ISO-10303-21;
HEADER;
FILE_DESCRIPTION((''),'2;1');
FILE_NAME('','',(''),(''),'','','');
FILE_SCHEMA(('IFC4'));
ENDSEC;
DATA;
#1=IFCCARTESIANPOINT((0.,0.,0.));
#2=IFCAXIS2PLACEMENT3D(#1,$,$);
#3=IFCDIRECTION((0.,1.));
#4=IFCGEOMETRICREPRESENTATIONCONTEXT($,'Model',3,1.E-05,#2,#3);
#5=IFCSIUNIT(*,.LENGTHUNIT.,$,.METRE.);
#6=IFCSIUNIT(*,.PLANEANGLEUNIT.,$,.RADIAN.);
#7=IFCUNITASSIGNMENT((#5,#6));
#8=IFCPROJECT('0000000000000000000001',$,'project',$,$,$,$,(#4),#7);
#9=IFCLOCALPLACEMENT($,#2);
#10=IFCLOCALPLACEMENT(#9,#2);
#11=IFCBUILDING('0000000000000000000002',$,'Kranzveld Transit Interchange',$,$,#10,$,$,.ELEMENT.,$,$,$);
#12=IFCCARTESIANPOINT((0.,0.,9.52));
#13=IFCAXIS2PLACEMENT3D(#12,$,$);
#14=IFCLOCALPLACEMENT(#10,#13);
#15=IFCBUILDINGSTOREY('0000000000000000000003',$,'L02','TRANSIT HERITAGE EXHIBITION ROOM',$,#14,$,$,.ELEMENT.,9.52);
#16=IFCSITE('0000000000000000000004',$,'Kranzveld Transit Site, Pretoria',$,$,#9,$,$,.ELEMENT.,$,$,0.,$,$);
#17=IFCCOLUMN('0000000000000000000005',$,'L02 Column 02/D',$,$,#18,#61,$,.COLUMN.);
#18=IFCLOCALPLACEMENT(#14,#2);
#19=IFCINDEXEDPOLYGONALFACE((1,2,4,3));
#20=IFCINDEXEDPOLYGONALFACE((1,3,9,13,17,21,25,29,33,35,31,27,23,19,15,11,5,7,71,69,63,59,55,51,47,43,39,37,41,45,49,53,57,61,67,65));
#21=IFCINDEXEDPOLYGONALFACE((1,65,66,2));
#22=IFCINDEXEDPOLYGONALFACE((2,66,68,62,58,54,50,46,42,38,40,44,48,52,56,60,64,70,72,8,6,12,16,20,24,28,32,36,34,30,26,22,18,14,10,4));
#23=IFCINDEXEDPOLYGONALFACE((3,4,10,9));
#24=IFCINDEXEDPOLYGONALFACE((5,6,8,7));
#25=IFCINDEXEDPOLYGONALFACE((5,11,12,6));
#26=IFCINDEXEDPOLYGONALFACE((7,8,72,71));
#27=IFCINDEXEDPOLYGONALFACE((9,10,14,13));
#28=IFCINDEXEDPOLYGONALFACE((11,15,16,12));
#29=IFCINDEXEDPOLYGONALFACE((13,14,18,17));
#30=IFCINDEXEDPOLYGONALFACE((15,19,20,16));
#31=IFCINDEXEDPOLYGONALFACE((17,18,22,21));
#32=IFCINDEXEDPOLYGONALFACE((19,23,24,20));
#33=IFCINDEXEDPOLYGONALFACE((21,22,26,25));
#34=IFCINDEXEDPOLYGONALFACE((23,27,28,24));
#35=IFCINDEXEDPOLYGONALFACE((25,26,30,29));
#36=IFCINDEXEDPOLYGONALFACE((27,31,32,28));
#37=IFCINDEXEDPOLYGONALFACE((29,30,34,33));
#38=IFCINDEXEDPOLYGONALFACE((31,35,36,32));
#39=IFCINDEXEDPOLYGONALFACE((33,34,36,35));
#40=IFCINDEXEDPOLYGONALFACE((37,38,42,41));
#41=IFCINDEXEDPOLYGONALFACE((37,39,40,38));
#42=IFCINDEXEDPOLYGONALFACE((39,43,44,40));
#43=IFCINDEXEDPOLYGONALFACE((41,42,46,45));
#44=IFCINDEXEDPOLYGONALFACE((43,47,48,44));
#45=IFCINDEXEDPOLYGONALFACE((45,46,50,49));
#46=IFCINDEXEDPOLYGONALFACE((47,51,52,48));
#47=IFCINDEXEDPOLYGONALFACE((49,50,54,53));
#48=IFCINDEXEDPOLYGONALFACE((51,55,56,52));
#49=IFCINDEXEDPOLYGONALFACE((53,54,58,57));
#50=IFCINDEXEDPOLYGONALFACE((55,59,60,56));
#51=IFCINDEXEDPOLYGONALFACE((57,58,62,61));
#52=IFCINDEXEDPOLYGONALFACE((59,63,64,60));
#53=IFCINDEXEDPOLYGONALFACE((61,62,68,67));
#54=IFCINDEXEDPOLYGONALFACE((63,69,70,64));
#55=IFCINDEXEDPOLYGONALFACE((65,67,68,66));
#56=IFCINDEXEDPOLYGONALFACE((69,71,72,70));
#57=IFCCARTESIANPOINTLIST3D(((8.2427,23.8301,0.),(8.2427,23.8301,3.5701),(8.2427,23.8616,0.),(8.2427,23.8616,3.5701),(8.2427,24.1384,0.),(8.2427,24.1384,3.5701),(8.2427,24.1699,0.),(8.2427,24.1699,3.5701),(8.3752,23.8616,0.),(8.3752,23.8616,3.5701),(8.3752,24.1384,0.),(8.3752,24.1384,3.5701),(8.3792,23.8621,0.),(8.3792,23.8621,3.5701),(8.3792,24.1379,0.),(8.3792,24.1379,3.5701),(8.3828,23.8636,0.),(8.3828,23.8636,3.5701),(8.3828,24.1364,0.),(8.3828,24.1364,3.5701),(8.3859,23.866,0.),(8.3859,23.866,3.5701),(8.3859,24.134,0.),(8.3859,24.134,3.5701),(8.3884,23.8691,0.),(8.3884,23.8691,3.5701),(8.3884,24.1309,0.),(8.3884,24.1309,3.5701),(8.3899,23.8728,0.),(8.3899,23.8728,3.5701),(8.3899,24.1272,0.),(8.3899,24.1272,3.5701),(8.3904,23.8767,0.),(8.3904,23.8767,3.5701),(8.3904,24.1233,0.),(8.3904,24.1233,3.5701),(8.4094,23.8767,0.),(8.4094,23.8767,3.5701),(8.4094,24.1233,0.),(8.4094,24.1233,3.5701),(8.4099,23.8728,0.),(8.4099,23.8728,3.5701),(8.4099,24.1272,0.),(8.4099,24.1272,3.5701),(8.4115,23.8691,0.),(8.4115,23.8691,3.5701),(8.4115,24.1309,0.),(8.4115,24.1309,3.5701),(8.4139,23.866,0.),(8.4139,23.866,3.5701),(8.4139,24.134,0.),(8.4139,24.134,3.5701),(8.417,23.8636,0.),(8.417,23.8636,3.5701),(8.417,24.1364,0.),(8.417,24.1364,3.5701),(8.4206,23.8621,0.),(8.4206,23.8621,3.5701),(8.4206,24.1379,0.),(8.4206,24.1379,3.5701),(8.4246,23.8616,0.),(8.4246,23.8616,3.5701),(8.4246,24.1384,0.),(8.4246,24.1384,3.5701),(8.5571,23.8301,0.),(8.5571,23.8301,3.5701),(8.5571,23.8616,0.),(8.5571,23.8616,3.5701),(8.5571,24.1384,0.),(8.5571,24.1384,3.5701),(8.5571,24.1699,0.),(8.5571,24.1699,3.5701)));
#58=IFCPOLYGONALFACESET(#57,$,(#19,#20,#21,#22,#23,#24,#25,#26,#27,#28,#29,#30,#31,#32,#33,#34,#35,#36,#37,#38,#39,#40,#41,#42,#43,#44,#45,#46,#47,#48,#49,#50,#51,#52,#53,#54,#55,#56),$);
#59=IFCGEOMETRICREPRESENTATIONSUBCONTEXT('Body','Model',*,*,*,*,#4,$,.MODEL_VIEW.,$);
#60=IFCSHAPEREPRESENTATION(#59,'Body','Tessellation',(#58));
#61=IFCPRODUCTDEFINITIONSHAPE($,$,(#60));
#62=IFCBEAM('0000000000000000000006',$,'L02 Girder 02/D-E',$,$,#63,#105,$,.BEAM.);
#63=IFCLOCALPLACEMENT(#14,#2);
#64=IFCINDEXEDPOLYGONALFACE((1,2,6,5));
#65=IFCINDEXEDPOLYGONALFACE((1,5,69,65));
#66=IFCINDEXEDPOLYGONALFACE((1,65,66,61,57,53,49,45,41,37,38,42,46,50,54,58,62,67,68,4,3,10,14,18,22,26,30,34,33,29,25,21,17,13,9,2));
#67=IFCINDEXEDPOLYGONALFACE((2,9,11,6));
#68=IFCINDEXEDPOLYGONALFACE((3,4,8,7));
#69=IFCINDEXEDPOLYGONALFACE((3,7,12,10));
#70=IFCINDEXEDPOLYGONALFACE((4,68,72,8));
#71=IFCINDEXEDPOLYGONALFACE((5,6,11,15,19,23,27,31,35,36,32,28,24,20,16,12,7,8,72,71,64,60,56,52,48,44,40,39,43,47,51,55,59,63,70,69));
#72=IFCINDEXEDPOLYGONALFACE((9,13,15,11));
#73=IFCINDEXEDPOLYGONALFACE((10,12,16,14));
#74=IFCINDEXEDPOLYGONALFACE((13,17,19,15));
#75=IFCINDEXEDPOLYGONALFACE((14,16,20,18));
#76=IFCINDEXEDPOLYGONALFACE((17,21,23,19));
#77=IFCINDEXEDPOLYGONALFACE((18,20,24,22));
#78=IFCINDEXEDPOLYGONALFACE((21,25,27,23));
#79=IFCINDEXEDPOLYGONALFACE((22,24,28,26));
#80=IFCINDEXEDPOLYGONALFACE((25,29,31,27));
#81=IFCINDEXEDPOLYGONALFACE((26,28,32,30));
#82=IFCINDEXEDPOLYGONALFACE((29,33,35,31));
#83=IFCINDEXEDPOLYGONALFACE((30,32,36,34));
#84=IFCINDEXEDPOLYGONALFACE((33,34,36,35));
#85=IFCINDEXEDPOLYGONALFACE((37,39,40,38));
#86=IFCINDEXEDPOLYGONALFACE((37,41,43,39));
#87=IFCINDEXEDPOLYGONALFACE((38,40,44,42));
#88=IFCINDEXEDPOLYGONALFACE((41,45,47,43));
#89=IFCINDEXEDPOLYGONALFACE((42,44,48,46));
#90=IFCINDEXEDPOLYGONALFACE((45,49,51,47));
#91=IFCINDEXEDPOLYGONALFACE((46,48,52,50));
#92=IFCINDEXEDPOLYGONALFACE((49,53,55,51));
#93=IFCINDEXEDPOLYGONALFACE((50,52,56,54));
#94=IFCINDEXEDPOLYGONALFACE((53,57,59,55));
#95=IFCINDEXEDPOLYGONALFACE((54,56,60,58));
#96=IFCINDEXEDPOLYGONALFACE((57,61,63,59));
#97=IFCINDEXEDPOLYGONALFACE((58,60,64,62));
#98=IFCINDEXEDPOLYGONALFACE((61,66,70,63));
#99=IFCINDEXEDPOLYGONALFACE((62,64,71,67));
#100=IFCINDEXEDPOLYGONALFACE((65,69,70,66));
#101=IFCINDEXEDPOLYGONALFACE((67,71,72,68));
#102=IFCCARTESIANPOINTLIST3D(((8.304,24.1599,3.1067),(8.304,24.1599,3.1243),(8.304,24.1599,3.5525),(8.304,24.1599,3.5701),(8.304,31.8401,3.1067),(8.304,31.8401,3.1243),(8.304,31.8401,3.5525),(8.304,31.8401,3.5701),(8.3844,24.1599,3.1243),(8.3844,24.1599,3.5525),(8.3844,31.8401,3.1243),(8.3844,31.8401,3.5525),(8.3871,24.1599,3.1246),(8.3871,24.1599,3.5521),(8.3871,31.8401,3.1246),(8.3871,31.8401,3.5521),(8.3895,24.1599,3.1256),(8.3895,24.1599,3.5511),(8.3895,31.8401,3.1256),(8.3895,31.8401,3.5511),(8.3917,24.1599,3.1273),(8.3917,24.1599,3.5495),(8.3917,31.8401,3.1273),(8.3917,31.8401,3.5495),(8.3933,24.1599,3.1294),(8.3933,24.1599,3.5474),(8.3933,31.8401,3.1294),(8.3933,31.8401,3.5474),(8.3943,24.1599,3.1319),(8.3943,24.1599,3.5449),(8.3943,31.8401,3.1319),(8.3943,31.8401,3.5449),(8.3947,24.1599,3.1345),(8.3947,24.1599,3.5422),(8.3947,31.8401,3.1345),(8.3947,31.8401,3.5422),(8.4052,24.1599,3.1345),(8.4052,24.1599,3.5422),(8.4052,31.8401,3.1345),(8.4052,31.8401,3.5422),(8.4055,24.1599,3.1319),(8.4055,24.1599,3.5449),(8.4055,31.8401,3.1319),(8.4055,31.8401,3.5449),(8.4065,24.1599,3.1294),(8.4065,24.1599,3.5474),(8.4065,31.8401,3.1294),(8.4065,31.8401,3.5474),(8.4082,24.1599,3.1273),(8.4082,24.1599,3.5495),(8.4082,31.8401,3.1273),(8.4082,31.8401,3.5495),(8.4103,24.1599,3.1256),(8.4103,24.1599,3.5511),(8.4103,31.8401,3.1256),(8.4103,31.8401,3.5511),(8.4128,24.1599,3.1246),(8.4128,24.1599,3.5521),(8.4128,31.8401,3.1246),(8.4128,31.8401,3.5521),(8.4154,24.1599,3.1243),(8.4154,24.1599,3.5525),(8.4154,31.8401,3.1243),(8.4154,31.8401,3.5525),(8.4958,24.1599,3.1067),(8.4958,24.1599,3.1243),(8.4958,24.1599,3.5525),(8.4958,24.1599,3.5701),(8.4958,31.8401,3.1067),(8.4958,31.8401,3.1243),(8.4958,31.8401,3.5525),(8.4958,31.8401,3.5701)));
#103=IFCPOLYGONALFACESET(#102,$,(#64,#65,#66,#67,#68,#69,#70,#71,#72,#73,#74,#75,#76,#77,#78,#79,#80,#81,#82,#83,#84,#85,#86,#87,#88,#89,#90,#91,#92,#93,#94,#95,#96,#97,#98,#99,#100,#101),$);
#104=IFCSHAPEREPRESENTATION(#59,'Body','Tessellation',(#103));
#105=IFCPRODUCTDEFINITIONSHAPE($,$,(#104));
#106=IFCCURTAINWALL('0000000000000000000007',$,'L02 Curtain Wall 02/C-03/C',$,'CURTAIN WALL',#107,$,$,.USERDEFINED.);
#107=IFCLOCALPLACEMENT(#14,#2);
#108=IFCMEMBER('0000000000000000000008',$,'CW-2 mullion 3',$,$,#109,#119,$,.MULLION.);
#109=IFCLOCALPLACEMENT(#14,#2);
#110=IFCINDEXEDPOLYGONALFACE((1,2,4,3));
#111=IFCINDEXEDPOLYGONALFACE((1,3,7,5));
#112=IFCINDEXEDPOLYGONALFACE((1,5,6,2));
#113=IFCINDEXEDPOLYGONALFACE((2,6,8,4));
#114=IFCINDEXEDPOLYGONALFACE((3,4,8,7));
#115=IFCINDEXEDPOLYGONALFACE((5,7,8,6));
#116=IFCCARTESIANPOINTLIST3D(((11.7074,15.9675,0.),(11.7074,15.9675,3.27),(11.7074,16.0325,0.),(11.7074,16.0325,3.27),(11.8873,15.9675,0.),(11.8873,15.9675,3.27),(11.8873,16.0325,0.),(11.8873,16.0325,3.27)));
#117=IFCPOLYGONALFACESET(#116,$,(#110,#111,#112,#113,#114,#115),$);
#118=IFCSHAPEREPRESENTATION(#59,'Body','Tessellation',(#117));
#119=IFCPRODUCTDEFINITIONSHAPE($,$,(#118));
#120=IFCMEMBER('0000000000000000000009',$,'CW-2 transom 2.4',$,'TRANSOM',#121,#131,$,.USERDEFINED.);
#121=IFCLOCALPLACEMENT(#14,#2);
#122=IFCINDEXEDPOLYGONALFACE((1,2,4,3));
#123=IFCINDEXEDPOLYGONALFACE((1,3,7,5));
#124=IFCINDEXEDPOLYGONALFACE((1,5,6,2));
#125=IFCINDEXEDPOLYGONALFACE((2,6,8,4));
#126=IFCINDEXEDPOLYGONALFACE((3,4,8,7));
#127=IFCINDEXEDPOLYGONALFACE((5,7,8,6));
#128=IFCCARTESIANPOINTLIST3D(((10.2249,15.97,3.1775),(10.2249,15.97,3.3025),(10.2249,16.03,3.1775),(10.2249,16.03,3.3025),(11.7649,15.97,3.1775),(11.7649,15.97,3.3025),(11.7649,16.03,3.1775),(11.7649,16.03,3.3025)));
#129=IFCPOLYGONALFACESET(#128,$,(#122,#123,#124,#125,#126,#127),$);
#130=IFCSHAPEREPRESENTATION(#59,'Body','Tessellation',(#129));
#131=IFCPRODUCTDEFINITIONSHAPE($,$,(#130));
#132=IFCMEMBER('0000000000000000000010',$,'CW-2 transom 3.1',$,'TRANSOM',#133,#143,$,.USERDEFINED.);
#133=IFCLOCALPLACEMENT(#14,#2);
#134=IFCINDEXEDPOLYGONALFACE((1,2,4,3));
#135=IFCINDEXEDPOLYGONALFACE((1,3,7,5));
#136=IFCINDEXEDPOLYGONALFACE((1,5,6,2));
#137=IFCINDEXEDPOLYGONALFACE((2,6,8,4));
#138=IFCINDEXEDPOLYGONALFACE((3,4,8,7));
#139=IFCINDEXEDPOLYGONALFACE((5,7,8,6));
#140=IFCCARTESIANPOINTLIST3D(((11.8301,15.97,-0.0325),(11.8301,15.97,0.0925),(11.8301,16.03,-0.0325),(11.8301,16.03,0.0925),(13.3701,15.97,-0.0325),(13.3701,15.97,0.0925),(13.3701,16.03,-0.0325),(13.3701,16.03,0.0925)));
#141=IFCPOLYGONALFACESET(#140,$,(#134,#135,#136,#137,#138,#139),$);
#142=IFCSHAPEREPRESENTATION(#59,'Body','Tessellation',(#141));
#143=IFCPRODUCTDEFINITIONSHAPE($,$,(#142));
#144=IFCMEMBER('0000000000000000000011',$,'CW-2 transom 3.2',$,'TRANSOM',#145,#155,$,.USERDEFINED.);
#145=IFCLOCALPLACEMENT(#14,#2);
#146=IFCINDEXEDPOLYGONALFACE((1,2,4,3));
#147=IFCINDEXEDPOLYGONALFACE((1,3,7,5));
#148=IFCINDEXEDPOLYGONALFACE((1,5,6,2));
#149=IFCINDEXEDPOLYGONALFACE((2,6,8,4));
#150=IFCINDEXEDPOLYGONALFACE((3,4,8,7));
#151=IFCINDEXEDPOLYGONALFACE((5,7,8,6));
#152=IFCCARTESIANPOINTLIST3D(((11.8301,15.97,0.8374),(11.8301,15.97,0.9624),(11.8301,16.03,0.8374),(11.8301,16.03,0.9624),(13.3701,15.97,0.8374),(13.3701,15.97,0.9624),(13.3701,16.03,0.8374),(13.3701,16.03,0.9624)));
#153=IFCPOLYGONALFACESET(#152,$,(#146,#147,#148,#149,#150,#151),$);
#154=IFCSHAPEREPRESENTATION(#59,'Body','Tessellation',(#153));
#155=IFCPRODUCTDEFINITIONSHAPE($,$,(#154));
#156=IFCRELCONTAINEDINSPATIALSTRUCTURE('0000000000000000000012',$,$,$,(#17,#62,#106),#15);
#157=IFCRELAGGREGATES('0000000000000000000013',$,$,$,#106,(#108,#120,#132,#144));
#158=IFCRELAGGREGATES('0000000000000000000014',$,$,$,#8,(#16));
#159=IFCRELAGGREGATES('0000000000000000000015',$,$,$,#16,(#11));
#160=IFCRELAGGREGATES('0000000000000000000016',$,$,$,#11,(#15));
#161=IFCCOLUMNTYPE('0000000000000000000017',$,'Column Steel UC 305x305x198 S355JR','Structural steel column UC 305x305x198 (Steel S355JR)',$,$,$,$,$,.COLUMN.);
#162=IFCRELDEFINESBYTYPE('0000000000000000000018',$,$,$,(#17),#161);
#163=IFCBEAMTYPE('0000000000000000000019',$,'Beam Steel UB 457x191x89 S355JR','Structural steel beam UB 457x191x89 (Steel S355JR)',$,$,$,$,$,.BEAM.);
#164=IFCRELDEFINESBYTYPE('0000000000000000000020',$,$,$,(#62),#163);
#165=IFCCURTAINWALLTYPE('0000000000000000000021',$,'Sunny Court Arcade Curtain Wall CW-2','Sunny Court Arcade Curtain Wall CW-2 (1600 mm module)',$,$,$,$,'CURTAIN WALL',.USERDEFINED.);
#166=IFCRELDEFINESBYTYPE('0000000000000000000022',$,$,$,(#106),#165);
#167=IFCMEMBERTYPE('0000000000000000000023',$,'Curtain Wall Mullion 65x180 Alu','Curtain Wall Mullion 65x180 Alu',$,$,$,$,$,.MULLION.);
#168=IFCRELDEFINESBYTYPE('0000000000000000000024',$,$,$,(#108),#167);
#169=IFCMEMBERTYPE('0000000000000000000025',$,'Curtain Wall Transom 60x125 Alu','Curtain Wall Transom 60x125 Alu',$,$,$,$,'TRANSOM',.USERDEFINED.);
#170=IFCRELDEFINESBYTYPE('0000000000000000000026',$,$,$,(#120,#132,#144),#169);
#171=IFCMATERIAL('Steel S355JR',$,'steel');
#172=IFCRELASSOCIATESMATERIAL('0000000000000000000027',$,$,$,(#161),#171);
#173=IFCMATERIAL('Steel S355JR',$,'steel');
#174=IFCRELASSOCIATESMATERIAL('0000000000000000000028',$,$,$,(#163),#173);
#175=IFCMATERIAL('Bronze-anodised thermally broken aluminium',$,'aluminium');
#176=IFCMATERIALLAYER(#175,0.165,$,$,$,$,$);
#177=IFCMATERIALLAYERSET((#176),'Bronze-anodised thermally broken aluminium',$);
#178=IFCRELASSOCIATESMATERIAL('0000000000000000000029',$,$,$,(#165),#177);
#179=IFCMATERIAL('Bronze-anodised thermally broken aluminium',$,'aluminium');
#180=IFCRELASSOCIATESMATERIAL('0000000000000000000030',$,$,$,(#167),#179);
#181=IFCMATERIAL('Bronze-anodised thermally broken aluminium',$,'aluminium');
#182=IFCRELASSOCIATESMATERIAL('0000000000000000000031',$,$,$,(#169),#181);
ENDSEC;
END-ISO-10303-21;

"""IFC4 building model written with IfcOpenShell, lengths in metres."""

from ifc_helpers import new_model, si_unit, direction, frame, origin, origin_2d, place, context, subcontext, project, spatial, rectangle, i_section, extrude, material, layer, layer_set, material_profile, profile_set, type_object, element, aggregate, save


model = new_model("IFC4")

# Units and contexts
model_context = context("Model", 3, precision=1e-05, world=origin(), true_north=direction((0.0, 1.0)))
body_context = subcontext(model_context, "Body", "Model", "MODEL_VIEW")
ifc_project = project(units=[si_unit("LENGTHUNIT", "METRE"), si_unit("PLANEANGLEUNIT", "RADIAN")], contexts=[model_context])

# Site, building, storey
site_placement = place(None, origin())
site = spatial("IfcSite", under=ifc_project, at=site_placement, Name="Kranzveld Transit Site, Pretoria", CompositionType="ELEMENT", RefElevation=0.0)
building_placement = place(site_placement, origin())
building = spatial("IfcBuilding", under=site, at=building_placement, Name="Kranzveld Transit Interchange", CompositionType="ELEMENT")
storey_placement = place(building_placement, frame((0.0, 0.0, 9.52)))
storey = spatial("IfcBuildingStorey", under=building, at=storey_placement, Name="L02", Description="TRANSIT HERITAGE EXHIBITION ROOM", CompositionType="ELEMENT", Elevation=9.52)

# Column
ifc_material_1 = material(Name="Steel S355JR", Category="steel")
ifc_material_profile_1 = material_profile(ifc_material_1, i_section(OverallWidth=0.3145, OverallDepth=0.3398, WebThickness=0.019, FlangeThickness=0.0315, FilletRadius=0.0151, at=origin_2d()), Name="UC 305x305x198")
ifc_profile_set_1 = profile_set([ifc_material_profile_1], Name="Steel S355JR")
column_type = type_object("IfcColumnType", Name="Column Steel UC 305x305x198 S355JR", Description="Structural steel column UC 305x305x198 (Steel S355JR)", PredefinedType="COLUMN", material=ifc_profile_set_1)
column_placement = place(storey_placement, frame((8.3999, 24.0, 0.0), z_axis=(0.0, 0.0, 1.0), x_axis=(1.0, 0.0, 0.0)))
element("IfcColumn", 1, at=column_placement, inside=storey, type_object=column_type, Name="L02 Column 02/D", PredefinedType="COLUMN", context=body_context, shape_type="SweptSolid", body=[
    extrude(i_section(OverallWidth=0.3145, OverallDepth=0.3398, WebThickness=0.019, FlangeThickness=0.0315, FilletRadius=0.0151, at=origin_2d()), origin(), (0.0, 0.0, 1.0), 3.5701),
])

# Beam
ifc_material_2 = material(Name="Steel S355JR", Category="steel")
ifc_material_profile_2 = material_profile(ifc_material_2, i_section(OverallWidth=0.1919, OverallDepth=0.4634, WebThickness=0.0105, FlangeThickness=0.0176, FilletRadius=0.0103, at=origin_2d()), Name="UB 457x191x89")
ifc_profile_set_2 = profile_set([ifc_material_profile_2], Name="Steel S355JR")
beam_type_1 = type_object("IfcBeamType", Name="Beam Steel UB 457x191x89 S355JR", Description="Structural steel beam UB 457x191x89 (Steel S355JR)", PredefinedType="BEAM", material=ifc_profile_set_2)
beam_1_placement = place(storey_placement, frame((8.3999, 24.1599, 3.3384), z_axis=(0.0, 1.0, 0.0), x_axis=(-1.0, 0.0, 0.0)))
element("IfcBeam", 2, at=beam_1_placement, inside=storey, type_object=beam_type_1, Name="L02 Girder 02/D-E", PredefinedType="BEAM", context=body_context, shape_type="SweptSolid", body=[
    extrude(i_section(OverallWidth=0.1919, OverallDepth=0.4634, WebThickness=0.0105, FlangeThickness=0.0176, FilletRadius=0.0103, at=origin_2d()), origin(), (0.0, 0.0, 1.0), 7.6802),
])

# Curtain wall, members
ifc_material_3 = material(Name="Bronze-anodised thermally broken aluminium", Category="aluminium")
ifc_layer_1 = layer(ifc_material_3, 0.165)
ifc_layer_set_1 = layer_set([ifc_layer_1], Name="Bronze-anodised thermally broken aluminium")
curtain_wall_type = type_object("IfcCurtainWallType", Name="Sunny Court Arcade Curtain Wall CW-2", Description="Sunny Court Arcade Curtain Wall CW-2 (1600 mm module)", ElementType="CURTAIN WALL", PredefinedType="USERDEFINED", material=ifc_layer_set_1)
curtain_wall_placement = place(storey_placement, origin())
curtain_wall = element("IfcCurtainWall", 3, at=curtain_wall_placement, inside=storey, type_object=curtain_wall_type, Name="L02 Curtain Wall 02/C-03/C", ObjectType="CURTAIN WALL", PredefinedType="USERDEFINED")
ifc_material_4 = material(Name="Bronze-anodised thermally broken aluminium", Category="aluminium")
ifc_material_profile_3 = material_profile(ifc_material_4, rectangle(XDim=0.0649, YDim=0.1799, at=origin_2d()), Name="ALU MULLION 65x180")
ifc_profile_set_3 = profile_set([ifc_material_profile_3], Name="Bronze-anodised thermally broken aluminium")
member_type_1 = type_object("IfcMemberType", Name="Curtain Wall Mullion 65x180 Alu", Description="Curtain Wall Mullion 65x180 Alu", PredefinedType="MULLION", material=ifc_profile_set_3)
member_1_placement = place(storey_placement, frame((11.7974, 16.0, 0.0), z_axis=(0.0, 0.0, 1.0), x_axis=(0.0, 1.0, 0.0)))
member_1 = element("IfcMember", 4, at=member_1_placement, type_object=member_type_1, Name="CW-2 mullion 3", PredefinedType="MULLION", context=body_context, shape_type="SweptSolid", body=[
    extrude(rectangle(XDim=0.0649, YDim=0.1799, at=origin_2d()), origin(), (0.0, 0.0, 1.0), 3.27),
])
ifc_material_5 = material(Name="Bronze-anodised thermally broken aluminium", Category="aluminium")
ifc_material_profile_4 = material_profile(ifc_material_5, rectangle(XDim=0.0601, YDim=0.125, at=origin_2d()), Name="ALU TRANSOM 60x125")
ifc_profile_set_4 = profile_set([ifc_material_profile_4], Name="Bronze-anodised thermally broken aluminium")
member_type_2 = type_object("IfcMemberType", Name="Curtain Wall Transom 60x125 Alu", Description="Curtain Wall Transom 60x125 Alu", ElementType="TRANSOM", PredefinedType="USERDEFINED", material=ifc_profile_set_4)
member_2_placement = place(storey_placement, frame((10.2249, 16.0, 3.24), z_axis=(1.0, 0.0, 0.0), x_axis=(0.0, 1.0, 0.0)))
member_2 = element("IfcMember", 5, at=member_2_placement, type_object=member_type_2, Name="CW-2 transom 2.4", ObjectType="TRANSOM", PredefinedType="USERDEFINED", context=body_context, shape_type="SweptSolid", body=[
    extrude(rectangle(XDim=0.0601, YDim=0.125, at=origin_2d()), origin(), (0.0, 0.0, 1.0), 1.54),
])
member_3_placement = place(storey_placement, frame((11.8301, 16.0, 0.03), z_axis=(1.0, 0.0, 0.0), x_axis=(0.0, 1.0, 0.0)))
member_3 = element("IfcMember", 6, at=member_3_placement, type_object=member_type_2, Name="CW-2 transom 3.1", ObjectType="TRANSOM", PredefinedType="USERDEFINED", context=body_context, shape_type="SweptSolid", body=[
    extrude(rectangle(XDim=0.0601, YDim=0.125, at=origin_2d()), origin(), (0.0, 0.0, 1.0), 1.54),
])
member_4_placement = place(storey_placement, frame((11.8301, 16.0, 0.8999), z_axis=(1.0, 0.0, 0.0), x_axis=(0.0, 1.0, 0.0)))
member_4 = element("IfcMember", 7, at=member_4_placement, type_object=member_type_2, Name="CW-2 transom 3.2", ObjectType="TRANSOM", PredefinedType="USERDEFINED", context=body_context, shape_type="SweptSolid", body=[
    extrude(rectangle(XDim=0.0601, YDim=0.125, at=origin_2d()), origin(), (0.0, 0.0, 1.0), 1.54),
])

aggregate(curtain_wall, [member_1, member_2, member_3, member_4])

save(model, "model.ifc")
